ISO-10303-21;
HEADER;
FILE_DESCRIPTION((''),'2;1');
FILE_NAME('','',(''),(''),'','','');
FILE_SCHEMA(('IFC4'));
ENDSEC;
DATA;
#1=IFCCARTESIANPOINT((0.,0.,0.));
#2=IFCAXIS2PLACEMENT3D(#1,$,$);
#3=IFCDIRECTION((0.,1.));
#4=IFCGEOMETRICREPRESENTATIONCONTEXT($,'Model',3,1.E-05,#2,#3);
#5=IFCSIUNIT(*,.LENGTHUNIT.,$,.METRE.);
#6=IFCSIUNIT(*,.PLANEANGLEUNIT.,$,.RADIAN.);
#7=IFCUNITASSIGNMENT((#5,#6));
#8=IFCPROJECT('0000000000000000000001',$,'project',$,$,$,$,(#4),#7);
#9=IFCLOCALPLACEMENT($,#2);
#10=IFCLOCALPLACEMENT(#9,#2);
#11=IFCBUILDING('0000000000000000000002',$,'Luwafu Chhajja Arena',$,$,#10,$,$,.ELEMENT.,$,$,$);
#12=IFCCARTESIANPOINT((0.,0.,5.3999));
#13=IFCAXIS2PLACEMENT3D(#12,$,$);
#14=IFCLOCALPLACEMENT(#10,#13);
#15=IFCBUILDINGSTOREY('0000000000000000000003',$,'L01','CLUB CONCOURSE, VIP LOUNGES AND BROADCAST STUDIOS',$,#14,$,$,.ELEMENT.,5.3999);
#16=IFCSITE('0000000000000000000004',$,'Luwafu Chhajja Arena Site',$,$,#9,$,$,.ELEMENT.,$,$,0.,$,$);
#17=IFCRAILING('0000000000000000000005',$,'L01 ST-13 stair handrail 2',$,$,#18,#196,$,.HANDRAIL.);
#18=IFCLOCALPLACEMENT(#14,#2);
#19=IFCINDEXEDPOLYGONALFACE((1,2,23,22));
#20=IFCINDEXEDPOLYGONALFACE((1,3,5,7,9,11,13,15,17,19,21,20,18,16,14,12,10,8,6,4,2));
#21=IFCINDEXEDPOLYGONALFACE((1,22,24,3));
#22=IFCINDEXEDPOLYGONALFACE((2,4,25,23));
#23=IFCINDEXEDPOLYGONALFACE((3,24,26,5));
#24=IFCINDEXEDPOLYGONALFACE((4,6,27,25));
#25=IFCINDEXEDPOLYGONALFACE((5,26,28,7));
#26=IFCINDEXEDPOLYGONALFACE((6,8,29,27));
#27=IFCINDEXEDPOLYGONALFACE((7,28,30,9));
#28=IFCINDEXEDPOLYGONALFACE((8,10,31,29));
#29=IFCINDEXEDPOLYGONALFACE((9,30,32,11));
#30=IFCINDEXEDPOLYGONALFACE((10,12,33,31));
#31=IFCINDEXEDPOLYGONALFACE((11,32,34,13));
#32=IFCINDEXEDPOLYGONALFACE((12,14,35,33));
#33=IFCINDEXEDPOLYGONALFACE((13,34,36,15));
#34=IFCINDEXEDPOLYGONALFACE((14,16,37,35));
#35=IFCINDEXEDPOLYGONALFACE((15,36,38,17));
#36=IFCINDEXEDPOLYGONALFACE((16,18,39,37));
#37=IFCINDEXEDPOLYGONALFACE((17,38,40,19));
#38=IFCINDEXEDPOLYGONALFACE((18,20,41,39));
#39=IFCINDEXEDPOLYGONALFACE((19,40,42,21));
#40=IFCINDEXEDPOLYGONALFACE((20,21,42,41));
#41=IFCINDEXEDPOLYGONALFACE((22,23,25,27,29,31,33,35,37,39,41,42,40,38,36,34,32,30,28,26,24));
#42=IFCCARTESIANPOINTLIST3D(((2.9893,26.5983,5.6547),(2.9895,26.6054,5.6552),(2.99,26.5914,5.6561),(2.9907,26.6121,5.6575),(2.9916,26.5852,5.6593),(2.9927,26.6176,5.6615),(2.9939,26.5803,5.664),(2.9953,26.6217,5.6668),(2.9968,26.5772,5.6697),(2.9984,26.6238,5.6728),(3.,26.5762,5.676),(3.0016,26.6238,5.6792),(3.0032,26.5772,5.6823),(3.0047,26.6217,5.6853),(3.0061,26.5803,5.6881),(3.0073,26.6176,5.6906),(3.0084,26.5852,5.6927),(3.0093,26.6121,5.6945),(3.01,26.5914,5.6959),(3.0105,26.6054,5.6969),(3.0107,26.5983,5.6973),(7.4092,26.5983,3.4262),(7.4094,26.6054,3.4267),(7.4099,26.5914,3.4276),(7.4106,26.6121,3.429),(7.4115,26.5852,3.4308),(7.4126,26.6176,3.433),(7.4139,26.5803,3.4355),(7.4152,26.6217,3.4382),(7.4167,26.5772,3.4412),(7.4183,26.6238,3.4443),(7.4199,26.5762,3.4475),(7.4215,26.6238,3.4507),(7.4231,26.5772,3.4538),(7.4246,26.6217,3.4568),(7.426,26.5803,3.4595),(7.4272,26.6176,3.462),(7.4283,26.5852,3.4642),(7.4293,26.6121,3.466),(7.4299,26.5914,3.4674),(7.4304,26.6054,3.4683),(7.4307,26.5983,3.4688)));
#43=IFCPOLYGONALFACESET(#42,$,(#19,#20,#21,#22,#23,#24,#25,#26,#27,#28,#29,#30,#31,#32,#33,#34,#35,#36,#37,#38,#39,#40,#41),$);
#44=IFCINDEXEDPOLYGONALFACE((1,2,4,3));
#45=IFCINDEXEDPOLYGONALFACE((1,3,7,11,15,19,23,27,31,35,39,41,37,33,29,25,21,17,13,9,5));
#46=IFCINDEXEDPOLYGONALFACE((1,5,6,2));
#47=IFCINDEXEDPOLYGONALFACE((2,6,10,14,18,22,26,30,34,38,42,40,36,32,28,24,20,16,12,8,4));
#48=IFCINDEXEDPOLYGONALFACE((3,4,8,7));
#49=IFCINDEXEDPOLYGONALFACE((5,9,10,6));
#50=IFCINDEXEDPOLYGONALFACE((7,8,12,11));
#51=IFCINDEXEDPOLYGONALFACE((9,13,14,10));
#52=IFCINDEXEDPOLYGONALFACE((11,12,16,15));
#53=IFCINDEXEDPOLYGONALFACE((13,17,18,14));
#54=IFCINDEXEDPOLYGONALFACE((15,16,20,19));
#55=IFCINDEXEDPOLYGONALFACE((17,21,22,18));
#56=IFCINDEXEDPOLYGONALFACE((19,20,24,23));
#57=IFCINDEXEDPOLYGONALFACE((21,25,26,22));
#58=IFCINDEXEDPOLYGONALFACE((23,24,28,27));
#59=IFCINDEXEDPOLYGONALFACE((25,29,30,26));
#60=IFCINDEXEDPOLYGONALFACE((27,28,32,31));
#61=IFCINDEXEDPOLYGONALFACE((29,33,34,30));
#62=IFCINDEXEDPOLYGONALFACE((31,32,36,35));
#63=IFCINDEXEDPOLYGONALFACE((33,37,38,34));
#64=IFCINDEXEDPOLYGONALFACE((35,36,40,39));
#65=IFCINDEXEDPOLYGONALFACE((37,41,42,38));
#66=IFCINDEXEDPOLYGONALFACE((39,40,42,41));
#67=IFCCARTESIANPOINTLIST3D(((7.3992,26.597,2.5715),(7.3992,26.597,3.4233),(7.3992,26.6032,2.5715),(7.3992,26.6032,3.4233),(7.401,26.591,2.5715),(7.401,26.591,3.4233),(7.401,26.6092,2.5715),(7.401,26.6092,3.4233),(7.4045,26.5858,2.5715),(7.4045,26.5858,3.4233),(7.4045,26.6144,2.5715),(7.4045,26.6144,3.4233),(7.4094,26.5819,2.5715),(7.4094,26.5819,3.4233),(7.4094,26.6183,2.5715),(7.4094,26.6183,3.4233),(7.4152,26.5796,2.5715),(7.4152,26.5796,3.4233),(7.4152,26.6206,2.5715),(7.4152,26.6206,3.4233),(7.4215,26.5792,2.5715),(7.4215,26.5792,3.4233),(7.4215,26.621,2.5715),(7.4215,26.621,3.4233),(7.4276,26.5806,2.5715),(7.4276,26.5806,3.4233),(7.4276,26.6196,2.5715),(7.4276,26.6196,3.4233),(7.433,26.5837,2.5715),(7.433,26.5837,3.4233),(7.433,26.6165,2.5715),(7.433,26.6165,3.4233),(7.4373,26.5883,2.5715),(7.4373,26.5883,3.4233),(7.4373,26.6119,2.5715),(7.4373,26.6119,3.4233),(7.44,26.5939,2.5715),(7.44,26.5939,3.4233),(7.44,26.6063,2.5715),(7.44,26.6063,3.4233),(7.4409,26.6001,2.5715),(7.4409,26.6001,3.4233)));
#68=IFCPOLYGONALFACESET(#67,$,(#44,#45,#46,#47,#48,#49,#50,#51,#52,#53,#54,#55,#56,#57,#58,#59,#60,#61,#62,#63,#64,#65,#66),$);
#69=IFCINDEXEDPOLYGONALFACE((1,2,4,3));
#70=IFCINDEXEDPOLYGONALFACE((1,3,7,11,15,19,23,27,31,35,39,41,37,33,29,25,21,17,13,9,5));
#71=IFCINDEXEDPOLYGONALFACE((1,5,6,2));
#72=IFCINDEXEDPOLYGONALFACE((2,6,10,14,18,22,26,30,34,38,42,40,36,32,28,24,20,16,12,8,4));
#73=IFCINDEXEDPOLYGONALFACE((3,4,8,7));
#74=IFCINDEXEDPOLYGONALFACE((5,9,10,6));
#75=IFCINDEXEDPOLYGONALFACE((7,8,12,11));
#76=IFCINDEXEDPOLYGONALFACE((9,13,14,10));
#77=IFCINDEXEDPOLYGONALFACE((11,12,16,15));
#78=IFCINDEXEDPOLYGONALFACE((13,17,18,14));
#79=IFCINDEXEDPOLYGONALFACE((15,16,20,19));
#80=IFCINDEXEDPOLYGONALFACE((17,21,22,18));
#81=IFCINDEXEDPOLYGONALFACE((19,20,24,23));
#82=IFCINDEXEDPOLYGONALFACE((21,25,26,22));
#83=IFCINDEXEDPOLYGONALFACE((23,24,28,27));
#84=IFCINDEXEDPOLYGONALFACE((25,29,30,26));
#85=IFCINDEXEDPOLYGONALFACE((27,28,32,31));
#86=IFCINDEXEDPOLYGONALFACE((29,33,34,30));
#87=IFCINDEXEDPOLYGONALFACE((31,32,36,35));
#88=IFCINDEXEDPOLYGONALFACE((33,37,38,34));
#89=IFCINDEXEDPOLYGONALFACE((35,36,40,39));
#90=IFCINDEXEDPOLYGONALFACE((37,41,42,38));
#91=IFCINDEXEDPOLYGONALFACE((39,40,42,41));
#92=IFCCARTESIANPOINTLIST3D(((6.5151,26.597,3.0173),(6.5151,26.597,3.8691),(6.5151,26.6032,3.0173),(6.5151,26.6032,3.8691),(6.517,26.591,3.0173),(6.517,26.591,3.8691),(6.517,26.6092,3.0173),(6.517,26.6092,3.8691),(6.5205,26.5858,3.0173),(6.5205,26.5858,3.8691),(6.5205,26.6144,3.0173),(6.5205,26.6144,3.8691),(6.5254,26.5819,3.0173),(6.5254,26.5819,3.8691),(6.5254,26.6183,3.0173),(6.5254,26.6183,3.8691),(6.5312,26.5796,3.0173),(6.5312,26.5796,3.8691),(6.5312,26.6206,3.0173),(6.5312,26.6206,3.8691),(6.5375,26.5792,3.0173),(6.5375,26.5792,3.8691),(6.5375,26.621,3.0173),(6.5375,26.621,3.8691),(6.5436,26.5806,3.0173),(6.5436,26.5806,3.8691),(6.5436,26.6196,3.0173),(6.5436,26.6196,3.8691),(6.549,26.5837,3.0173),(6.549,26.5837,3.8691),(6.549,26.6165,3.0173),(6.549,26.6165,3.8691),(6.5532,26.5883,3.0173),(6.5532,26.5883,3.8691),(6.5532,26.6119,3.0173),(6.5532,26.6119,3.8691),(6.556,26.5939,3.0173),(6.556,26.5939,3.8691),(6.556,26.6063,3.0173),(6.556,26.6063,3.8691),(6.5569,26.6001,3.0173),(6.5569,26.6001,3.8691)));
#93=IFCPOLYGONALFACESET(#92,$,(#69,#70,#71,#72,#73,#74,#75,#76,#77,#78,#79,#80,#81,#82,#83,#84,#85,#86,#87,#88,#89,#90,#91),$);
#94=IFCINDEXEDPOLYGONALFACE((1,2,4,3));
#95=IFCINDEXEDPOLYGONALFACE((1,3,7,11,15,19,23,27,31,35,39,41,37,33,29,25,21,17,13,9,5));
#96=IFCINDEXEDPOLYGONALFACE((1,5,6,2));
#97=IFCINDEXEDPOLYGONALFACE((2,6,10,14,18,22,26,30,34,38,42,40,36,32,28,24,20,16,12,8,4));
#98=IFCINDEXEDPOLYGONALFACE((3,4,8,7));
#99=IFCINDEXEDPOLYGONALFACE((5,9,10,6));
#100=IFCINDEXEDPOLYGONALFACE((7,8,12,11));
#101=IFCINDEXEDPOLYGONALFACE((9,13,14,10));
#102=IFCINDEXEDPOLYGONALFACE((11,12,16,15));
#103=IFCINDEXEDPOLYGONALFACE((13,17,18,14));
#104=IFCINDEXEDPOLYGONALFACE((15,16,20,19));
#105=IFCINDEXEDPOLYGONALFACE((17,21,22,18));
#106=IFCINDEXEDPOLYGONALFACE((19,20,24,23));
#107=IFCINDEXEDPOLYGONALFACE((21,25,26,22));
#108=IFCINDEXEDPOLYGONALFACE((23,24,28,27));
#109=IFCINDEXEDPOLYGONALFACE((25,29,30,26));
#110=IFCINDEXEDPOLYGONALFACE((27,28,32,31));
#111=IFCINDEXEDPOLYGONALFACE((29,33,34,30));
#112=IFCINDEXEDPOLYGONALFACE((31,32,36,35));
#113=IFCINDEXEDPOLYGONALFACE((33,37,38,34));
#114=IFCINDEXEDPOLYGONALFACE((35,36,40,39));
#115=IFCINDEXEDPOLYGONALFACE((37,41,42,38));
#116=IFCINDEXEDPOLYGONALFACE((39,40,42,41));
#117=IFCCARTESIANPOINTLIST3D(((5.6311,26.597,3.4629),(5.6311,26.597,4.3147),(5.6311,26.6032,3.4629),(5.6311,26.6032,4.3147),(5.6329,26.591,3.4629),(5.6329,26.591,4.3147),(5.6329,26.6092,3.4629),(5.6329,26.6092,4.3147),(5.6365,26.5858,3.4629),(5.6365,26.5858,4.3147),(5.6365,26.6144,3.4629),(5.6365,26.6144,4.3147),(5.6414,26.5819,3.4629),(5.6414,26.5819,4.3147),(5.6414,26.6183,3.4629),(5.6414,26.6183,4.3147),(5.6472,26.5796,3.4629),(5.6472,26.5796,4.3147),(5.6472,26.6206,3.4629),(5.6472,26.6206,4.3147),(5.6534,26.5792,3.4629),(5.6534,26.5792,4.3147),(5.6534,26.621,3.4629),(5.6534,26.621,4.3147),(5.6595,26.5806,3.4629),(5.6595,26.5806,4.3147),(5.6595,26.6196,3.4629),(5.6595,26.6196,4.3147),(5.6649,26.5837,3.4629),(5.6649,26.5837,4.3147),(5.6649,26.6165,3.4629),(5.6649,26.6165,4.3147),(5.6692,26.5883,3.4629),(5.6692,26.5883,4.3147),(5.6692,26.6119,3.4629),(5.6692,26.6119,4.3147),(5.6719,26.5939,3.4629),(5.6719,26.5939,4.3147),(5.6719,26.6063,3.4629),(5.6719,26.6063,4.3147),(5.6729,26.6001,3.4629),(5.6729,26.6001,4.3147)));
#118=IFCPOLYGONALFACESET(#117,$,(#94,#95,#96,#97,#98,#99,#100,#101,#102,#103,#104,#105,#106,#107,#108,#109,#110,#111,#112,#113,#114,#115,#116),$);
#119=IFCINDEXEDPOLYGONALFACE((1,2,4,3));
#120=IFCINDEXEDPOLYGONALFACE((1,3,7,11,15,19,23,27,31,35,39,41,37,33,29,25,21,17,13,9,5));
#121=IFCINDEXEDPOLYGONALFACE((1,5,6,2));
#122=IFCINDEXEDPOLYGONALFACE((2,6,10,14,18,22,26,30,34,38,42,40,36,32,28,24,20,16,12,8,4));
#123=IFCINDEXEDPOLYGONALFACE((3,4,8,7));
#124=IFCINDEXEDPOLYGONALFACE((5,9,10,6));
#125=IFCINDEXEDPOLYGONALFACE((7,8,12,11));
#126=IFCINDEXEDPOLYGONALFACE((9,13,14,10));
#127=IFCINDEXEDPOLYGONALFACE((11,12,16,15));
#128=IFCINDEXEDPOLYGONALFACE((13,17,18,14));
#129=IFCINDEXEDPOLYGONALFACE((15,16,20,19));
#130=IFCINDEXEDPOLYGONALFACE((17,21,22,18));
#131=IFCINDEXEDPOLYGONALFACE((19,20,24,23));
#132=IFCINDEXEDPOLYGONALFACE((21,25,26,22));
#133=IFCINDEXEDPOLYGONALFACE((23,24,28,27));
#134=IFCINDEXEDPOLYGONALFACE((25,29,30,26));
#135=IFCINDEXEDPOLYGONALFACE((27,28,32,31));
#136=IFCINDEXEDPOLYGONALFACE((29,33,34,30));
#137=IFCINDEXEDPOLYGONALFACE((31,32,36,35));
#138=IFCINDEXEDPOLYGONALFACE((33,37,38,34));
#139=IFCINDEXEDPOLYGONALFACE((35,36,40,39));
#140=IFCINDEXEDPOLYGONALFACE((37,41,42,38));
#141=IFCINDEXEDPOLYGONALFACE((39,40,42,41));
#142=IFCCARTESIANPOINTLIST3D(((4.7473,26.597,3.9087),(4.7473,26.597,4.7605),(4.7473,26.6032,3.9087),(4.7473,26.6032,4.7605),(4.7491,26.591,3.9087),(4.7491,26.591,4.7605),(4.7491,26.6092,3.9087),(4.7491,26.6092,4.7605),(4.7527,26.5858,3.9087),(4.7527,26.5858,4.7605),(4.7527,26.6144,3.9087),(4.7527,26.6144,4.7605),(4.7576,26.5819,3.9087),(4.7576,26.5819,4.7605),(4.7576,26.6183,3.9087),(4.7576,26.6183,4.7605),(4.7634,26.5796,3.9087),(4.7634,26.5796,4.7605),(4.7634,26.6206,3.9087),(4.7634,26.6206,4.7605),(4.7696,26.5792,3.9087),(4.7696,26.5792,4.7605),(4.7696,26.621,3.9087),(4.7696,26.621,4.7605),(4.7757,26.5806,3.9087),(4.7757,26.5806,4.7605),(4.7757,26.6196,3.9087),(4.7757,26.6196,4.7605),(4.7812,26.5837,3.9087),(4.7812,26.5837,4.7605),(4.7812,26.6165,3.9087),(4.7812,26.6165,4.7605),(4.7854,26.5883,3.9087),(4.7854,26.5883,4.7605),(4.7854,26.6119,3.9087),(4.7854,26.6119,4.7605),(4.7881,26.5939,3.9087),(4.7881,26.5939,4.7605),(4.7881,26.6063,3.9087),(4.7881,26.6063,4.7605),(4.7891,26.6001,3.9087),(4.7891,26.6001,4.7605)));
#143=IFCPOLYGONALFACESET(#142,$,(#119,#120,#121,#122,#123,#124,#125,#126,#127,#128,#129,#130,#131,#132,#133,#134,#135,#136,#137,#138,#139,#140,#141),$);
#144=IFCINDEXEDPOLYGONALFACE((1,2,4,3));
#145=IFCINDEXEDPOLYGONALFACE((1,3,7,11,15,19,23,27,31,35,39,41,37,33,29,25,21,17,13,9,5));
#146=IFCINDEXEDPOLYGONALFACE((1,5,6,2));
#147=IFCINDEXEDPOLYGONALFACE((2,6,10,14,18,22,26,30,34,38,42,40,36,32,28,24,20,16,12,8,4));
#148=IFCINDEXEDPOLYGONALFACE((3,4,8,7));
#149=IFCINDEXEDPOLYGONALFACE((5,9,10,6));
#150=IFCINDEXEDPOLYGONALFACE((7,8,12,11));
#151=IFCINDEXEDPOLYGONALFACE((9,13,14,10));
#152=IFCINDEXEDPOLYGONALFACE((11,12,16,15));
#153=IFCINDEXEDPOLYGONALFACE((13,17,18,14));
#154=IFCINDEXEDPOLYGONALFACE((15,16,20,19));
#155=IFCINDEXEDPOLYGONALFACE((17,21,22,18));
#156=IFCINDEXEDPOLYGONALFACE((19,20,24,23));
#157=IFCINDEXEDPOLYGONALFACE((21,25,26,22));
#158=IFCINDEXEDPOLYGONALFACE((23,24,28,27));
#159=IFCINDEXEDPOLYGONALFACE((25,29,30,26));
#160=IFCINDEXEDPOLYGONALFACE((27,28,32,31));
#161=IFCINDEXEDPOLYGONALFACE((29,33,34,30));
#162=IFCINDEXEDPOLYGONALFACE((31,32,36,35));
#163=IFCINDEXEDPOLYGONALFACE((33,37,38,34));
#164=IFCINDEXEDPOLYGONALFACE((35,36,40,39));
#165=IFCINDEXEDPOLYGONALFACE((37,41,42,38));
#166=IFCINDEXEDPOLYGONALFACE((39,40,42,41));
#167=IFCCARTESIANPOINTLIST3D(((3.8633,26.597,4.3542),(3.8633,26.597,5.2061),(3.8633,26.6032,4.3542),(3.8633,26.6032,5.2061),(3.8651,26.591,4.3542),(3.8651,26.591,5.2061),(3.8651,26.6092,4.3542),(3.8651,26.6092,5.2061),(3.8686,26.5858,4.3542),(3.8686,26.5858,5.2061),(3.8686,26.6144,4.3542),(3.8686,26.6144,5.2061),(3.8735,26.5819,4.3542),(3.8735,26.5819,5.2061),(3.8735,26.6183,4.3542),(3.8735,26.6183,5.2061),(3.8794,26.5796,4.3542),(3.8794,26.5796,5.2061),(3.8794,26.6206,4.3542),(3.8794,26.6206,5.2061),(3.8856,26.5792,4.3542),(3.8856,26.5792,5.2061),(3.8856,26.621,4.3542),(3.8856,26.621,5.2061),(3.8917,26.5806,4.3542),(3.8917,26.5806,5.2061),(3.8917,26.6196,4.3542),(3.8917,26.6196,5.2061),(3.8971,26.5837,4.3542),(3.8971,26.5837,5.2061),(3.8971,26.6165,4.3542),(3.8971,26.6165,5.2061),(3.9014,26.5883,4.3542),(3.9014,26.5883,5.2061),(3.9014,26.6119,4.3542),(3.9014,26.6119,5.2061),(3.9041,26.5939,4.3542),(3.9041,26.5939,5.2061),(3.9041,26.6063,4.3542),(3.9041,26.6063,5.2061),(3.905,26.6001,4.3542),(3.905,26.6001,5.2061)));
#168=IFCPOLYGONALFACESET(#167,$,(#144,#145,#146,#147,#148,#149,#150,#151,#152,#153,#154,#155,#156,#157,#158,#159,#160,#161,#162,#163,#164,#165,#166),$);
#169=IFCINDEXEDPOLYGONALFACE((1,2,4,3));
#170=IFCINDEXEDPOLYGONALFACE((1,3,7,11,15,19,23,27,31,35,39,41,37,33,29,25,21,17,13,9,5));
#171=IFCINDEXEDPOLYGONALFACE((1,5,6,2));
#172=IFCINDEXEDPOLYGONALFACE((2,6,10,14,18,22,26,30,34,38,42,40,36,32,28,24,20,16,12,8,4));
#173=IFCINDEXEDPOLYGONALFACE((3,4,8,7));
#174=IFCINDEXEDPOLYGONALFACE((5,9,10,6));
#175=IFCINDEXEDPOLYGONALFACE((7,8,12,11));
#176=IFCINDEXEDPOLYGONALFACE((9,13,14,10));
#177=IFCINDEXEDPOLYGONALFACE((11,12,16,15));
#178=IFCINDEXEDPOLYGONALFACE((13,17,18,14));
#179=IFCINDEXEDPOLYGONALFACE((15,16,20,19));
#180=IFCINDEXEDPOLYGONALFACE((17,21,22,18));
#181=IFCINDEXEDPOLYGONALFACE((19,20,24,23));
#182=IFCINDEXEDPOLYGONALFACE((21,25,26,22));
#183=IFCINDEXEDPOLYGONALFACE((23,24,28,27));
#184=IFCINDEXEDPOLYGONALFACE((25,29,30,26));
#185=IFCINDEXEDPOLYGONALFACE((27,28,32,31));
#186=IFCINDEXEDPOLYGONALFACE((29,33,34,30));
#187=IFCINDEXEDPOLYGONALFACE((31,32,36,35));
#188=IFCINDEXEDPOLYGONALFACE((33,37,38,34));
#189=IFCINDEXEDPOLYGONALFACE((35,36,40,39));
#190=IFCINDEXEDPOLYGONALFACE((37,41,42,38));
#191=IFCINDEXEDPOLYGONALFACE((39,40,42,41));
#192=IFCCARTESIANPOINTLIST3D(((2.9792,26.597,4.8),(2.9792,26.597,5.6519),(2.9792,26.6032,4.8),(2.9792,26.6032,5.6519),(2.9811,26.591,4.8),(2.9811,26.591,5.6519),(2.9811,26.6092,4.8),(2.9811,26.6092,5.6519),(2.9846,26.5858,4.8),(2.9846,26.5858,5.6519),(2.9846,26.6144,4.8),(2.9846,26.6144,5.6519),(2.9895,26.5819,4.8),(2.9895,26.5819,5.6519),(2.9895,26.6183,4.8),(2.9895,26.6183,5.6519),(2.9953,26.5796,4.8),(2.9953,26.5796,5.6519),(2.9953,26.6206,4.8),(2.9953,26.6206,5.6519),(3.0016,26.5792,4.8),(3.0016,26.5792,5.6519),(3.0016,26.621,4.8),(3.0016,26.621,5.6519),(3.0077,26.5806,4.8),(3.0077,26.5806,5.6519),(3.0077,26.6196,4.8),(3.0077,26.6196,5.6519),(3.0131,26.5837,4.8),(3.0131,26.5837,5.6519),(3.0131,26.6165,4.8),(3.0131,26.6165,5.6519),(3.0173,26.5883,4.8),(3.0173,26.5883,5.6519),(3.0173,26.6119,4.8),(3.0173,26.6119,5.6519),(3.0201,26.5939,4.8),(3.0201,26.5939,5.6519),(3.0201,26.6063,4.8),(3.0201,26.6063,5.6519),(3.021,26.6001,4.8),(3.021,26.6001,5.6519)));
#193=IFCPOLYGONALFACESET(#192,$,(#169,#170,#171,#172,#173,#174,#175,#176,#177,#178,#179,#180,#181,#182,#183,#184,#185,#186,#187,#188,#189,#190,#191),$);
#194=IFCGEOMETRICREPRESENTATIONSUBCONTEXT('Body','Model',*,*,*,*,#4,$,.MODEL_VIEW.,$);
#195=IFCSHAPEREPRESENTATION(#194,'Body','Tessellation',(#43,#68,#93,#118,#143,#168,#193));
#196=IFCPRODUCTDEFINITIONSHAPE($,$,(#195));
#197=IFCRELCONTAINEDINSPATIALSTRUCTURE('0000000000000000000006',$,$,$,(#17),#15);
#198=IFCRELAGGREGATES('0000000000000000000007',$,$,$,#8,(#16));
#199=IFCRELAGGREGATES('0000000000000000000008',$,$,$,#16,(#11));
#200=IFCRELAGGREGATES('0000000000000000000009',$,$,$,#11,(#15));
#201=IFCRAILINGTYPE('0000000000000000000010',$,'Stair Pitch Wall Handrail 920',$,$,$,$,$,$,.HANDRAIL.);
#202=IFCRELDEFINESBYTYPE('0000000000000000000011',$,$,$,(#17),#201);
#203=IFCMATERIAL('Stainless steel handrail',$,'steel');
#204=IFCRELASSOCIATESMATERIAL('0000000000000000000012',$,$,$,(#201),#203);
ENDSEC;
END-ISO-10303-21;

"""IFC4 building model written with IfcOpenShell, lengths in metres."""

from ifc_helpers import new_model, si_unit, direction, frame, origin, origin_2d, place, context, subcontext, project, spatial, circle, extrude, material, type_object, element, save


model = new_model("IFC4")

# Units and contexts
model_context = context("Model", 3, precision=1e-05, world=origin(), true_north=direction((0.0, 1.0)))
body_context = subcontext(model_context, "Body", "Model", "MODEL_VIEW")
ifc_project = project(units=[si_unit("LENGTHUNIT", "METRE"), si_unit("PLANEANGLEUNIT", "RADIAN")], contexts=[model_context])

# Site, building, storey
site_placement = place(None, origin())
site = spatial("IfcSite", under=ifc_project, at=site_placement, Name="Luwafu Chhajja Arena Site", CompositionType="ELEMENT", RefElevation=0.0)
building_placement = place(site_placement, origin())
building = spatial("IfcBuilding", under=site, at=building_placement, Name="Luwafu Chhajja Arena", CompositionType="ELEMENT")
storey_placement = place(building_placement, frame((0.0, 0.0, 5.3999)))
storey = spatial("IfcBuildingStorey", under=building, at=storey_placement, Name="L01", Description="CLUB CONCOURSE, VIP LOUNGES AND BROADCAST STUDIOS", CompositionType="ELEMENT", Elevation=5.3999)

# Railing
ifc_material_1 = material(Name="Stainless steel handrail", Category="steel")
railing_type_1 = type_object("IfcRailingType", Name="Stair Pitch Wall Handrail 920", PredefinedType="HANDRAIL", material=ifc_material_1)
railing_1_placement = place(storey_placement, frame((7.4199, 26.6001, 2.5715)))
element("IfcRailing", 1, at=railing_1_placement, inside=storey, type_object=railing_type_1, Name="L01 ST-13 stair handrail 2", PredefinedType="HANDRAIL", context=body_context, shape_type="SweptSolid", body=[
    extrude(circle(Radius=0.0239, at=origin_2d()), frame((0.0, 0.0, 0.876), z_axis=(-0.892923, 0.0, 0.45021), x_axis=(0.0, -1.0, 0.0)), (0.0, 0.0, 1.0), 4.95),
    extrude(circle(Radius=0.021, at=origin_2d()), origin(), (0.0, 0.0, 1.0), 0.8518),
    extrude(circle(Radius=0.021, at=origin_2d()), frame((-0.884, 0.0, 0.4458)), (0.0, 0.0, 1.0), 0.8518),
    extrude(circle(Radius=0.021, at=origin_2d()), frame((-1.7681, 0.0, 0.8914)), (0.0, 0.0, 1.0), 0.8518),
    extrude(circle(Radius=0.021, at=origin_2d()), frame((-2.6519, 0.0, 1.3372)), (0.0, 0.0, 1.0), 0.8518),
    extrude(circle(Radius=0.021, at=origin_2d()), frame((-3.5359, 0.0, 1.7827)), (0.0, 0.0, 1.0), 0.8518),
    extrude(circle(Radius=0.021, at=origin_2d()), frame((-4.4199, 0.0, 2.2285)), (0.0, 0.0, 1.0), 0.8518),
])

save(model, "model.ifc")
